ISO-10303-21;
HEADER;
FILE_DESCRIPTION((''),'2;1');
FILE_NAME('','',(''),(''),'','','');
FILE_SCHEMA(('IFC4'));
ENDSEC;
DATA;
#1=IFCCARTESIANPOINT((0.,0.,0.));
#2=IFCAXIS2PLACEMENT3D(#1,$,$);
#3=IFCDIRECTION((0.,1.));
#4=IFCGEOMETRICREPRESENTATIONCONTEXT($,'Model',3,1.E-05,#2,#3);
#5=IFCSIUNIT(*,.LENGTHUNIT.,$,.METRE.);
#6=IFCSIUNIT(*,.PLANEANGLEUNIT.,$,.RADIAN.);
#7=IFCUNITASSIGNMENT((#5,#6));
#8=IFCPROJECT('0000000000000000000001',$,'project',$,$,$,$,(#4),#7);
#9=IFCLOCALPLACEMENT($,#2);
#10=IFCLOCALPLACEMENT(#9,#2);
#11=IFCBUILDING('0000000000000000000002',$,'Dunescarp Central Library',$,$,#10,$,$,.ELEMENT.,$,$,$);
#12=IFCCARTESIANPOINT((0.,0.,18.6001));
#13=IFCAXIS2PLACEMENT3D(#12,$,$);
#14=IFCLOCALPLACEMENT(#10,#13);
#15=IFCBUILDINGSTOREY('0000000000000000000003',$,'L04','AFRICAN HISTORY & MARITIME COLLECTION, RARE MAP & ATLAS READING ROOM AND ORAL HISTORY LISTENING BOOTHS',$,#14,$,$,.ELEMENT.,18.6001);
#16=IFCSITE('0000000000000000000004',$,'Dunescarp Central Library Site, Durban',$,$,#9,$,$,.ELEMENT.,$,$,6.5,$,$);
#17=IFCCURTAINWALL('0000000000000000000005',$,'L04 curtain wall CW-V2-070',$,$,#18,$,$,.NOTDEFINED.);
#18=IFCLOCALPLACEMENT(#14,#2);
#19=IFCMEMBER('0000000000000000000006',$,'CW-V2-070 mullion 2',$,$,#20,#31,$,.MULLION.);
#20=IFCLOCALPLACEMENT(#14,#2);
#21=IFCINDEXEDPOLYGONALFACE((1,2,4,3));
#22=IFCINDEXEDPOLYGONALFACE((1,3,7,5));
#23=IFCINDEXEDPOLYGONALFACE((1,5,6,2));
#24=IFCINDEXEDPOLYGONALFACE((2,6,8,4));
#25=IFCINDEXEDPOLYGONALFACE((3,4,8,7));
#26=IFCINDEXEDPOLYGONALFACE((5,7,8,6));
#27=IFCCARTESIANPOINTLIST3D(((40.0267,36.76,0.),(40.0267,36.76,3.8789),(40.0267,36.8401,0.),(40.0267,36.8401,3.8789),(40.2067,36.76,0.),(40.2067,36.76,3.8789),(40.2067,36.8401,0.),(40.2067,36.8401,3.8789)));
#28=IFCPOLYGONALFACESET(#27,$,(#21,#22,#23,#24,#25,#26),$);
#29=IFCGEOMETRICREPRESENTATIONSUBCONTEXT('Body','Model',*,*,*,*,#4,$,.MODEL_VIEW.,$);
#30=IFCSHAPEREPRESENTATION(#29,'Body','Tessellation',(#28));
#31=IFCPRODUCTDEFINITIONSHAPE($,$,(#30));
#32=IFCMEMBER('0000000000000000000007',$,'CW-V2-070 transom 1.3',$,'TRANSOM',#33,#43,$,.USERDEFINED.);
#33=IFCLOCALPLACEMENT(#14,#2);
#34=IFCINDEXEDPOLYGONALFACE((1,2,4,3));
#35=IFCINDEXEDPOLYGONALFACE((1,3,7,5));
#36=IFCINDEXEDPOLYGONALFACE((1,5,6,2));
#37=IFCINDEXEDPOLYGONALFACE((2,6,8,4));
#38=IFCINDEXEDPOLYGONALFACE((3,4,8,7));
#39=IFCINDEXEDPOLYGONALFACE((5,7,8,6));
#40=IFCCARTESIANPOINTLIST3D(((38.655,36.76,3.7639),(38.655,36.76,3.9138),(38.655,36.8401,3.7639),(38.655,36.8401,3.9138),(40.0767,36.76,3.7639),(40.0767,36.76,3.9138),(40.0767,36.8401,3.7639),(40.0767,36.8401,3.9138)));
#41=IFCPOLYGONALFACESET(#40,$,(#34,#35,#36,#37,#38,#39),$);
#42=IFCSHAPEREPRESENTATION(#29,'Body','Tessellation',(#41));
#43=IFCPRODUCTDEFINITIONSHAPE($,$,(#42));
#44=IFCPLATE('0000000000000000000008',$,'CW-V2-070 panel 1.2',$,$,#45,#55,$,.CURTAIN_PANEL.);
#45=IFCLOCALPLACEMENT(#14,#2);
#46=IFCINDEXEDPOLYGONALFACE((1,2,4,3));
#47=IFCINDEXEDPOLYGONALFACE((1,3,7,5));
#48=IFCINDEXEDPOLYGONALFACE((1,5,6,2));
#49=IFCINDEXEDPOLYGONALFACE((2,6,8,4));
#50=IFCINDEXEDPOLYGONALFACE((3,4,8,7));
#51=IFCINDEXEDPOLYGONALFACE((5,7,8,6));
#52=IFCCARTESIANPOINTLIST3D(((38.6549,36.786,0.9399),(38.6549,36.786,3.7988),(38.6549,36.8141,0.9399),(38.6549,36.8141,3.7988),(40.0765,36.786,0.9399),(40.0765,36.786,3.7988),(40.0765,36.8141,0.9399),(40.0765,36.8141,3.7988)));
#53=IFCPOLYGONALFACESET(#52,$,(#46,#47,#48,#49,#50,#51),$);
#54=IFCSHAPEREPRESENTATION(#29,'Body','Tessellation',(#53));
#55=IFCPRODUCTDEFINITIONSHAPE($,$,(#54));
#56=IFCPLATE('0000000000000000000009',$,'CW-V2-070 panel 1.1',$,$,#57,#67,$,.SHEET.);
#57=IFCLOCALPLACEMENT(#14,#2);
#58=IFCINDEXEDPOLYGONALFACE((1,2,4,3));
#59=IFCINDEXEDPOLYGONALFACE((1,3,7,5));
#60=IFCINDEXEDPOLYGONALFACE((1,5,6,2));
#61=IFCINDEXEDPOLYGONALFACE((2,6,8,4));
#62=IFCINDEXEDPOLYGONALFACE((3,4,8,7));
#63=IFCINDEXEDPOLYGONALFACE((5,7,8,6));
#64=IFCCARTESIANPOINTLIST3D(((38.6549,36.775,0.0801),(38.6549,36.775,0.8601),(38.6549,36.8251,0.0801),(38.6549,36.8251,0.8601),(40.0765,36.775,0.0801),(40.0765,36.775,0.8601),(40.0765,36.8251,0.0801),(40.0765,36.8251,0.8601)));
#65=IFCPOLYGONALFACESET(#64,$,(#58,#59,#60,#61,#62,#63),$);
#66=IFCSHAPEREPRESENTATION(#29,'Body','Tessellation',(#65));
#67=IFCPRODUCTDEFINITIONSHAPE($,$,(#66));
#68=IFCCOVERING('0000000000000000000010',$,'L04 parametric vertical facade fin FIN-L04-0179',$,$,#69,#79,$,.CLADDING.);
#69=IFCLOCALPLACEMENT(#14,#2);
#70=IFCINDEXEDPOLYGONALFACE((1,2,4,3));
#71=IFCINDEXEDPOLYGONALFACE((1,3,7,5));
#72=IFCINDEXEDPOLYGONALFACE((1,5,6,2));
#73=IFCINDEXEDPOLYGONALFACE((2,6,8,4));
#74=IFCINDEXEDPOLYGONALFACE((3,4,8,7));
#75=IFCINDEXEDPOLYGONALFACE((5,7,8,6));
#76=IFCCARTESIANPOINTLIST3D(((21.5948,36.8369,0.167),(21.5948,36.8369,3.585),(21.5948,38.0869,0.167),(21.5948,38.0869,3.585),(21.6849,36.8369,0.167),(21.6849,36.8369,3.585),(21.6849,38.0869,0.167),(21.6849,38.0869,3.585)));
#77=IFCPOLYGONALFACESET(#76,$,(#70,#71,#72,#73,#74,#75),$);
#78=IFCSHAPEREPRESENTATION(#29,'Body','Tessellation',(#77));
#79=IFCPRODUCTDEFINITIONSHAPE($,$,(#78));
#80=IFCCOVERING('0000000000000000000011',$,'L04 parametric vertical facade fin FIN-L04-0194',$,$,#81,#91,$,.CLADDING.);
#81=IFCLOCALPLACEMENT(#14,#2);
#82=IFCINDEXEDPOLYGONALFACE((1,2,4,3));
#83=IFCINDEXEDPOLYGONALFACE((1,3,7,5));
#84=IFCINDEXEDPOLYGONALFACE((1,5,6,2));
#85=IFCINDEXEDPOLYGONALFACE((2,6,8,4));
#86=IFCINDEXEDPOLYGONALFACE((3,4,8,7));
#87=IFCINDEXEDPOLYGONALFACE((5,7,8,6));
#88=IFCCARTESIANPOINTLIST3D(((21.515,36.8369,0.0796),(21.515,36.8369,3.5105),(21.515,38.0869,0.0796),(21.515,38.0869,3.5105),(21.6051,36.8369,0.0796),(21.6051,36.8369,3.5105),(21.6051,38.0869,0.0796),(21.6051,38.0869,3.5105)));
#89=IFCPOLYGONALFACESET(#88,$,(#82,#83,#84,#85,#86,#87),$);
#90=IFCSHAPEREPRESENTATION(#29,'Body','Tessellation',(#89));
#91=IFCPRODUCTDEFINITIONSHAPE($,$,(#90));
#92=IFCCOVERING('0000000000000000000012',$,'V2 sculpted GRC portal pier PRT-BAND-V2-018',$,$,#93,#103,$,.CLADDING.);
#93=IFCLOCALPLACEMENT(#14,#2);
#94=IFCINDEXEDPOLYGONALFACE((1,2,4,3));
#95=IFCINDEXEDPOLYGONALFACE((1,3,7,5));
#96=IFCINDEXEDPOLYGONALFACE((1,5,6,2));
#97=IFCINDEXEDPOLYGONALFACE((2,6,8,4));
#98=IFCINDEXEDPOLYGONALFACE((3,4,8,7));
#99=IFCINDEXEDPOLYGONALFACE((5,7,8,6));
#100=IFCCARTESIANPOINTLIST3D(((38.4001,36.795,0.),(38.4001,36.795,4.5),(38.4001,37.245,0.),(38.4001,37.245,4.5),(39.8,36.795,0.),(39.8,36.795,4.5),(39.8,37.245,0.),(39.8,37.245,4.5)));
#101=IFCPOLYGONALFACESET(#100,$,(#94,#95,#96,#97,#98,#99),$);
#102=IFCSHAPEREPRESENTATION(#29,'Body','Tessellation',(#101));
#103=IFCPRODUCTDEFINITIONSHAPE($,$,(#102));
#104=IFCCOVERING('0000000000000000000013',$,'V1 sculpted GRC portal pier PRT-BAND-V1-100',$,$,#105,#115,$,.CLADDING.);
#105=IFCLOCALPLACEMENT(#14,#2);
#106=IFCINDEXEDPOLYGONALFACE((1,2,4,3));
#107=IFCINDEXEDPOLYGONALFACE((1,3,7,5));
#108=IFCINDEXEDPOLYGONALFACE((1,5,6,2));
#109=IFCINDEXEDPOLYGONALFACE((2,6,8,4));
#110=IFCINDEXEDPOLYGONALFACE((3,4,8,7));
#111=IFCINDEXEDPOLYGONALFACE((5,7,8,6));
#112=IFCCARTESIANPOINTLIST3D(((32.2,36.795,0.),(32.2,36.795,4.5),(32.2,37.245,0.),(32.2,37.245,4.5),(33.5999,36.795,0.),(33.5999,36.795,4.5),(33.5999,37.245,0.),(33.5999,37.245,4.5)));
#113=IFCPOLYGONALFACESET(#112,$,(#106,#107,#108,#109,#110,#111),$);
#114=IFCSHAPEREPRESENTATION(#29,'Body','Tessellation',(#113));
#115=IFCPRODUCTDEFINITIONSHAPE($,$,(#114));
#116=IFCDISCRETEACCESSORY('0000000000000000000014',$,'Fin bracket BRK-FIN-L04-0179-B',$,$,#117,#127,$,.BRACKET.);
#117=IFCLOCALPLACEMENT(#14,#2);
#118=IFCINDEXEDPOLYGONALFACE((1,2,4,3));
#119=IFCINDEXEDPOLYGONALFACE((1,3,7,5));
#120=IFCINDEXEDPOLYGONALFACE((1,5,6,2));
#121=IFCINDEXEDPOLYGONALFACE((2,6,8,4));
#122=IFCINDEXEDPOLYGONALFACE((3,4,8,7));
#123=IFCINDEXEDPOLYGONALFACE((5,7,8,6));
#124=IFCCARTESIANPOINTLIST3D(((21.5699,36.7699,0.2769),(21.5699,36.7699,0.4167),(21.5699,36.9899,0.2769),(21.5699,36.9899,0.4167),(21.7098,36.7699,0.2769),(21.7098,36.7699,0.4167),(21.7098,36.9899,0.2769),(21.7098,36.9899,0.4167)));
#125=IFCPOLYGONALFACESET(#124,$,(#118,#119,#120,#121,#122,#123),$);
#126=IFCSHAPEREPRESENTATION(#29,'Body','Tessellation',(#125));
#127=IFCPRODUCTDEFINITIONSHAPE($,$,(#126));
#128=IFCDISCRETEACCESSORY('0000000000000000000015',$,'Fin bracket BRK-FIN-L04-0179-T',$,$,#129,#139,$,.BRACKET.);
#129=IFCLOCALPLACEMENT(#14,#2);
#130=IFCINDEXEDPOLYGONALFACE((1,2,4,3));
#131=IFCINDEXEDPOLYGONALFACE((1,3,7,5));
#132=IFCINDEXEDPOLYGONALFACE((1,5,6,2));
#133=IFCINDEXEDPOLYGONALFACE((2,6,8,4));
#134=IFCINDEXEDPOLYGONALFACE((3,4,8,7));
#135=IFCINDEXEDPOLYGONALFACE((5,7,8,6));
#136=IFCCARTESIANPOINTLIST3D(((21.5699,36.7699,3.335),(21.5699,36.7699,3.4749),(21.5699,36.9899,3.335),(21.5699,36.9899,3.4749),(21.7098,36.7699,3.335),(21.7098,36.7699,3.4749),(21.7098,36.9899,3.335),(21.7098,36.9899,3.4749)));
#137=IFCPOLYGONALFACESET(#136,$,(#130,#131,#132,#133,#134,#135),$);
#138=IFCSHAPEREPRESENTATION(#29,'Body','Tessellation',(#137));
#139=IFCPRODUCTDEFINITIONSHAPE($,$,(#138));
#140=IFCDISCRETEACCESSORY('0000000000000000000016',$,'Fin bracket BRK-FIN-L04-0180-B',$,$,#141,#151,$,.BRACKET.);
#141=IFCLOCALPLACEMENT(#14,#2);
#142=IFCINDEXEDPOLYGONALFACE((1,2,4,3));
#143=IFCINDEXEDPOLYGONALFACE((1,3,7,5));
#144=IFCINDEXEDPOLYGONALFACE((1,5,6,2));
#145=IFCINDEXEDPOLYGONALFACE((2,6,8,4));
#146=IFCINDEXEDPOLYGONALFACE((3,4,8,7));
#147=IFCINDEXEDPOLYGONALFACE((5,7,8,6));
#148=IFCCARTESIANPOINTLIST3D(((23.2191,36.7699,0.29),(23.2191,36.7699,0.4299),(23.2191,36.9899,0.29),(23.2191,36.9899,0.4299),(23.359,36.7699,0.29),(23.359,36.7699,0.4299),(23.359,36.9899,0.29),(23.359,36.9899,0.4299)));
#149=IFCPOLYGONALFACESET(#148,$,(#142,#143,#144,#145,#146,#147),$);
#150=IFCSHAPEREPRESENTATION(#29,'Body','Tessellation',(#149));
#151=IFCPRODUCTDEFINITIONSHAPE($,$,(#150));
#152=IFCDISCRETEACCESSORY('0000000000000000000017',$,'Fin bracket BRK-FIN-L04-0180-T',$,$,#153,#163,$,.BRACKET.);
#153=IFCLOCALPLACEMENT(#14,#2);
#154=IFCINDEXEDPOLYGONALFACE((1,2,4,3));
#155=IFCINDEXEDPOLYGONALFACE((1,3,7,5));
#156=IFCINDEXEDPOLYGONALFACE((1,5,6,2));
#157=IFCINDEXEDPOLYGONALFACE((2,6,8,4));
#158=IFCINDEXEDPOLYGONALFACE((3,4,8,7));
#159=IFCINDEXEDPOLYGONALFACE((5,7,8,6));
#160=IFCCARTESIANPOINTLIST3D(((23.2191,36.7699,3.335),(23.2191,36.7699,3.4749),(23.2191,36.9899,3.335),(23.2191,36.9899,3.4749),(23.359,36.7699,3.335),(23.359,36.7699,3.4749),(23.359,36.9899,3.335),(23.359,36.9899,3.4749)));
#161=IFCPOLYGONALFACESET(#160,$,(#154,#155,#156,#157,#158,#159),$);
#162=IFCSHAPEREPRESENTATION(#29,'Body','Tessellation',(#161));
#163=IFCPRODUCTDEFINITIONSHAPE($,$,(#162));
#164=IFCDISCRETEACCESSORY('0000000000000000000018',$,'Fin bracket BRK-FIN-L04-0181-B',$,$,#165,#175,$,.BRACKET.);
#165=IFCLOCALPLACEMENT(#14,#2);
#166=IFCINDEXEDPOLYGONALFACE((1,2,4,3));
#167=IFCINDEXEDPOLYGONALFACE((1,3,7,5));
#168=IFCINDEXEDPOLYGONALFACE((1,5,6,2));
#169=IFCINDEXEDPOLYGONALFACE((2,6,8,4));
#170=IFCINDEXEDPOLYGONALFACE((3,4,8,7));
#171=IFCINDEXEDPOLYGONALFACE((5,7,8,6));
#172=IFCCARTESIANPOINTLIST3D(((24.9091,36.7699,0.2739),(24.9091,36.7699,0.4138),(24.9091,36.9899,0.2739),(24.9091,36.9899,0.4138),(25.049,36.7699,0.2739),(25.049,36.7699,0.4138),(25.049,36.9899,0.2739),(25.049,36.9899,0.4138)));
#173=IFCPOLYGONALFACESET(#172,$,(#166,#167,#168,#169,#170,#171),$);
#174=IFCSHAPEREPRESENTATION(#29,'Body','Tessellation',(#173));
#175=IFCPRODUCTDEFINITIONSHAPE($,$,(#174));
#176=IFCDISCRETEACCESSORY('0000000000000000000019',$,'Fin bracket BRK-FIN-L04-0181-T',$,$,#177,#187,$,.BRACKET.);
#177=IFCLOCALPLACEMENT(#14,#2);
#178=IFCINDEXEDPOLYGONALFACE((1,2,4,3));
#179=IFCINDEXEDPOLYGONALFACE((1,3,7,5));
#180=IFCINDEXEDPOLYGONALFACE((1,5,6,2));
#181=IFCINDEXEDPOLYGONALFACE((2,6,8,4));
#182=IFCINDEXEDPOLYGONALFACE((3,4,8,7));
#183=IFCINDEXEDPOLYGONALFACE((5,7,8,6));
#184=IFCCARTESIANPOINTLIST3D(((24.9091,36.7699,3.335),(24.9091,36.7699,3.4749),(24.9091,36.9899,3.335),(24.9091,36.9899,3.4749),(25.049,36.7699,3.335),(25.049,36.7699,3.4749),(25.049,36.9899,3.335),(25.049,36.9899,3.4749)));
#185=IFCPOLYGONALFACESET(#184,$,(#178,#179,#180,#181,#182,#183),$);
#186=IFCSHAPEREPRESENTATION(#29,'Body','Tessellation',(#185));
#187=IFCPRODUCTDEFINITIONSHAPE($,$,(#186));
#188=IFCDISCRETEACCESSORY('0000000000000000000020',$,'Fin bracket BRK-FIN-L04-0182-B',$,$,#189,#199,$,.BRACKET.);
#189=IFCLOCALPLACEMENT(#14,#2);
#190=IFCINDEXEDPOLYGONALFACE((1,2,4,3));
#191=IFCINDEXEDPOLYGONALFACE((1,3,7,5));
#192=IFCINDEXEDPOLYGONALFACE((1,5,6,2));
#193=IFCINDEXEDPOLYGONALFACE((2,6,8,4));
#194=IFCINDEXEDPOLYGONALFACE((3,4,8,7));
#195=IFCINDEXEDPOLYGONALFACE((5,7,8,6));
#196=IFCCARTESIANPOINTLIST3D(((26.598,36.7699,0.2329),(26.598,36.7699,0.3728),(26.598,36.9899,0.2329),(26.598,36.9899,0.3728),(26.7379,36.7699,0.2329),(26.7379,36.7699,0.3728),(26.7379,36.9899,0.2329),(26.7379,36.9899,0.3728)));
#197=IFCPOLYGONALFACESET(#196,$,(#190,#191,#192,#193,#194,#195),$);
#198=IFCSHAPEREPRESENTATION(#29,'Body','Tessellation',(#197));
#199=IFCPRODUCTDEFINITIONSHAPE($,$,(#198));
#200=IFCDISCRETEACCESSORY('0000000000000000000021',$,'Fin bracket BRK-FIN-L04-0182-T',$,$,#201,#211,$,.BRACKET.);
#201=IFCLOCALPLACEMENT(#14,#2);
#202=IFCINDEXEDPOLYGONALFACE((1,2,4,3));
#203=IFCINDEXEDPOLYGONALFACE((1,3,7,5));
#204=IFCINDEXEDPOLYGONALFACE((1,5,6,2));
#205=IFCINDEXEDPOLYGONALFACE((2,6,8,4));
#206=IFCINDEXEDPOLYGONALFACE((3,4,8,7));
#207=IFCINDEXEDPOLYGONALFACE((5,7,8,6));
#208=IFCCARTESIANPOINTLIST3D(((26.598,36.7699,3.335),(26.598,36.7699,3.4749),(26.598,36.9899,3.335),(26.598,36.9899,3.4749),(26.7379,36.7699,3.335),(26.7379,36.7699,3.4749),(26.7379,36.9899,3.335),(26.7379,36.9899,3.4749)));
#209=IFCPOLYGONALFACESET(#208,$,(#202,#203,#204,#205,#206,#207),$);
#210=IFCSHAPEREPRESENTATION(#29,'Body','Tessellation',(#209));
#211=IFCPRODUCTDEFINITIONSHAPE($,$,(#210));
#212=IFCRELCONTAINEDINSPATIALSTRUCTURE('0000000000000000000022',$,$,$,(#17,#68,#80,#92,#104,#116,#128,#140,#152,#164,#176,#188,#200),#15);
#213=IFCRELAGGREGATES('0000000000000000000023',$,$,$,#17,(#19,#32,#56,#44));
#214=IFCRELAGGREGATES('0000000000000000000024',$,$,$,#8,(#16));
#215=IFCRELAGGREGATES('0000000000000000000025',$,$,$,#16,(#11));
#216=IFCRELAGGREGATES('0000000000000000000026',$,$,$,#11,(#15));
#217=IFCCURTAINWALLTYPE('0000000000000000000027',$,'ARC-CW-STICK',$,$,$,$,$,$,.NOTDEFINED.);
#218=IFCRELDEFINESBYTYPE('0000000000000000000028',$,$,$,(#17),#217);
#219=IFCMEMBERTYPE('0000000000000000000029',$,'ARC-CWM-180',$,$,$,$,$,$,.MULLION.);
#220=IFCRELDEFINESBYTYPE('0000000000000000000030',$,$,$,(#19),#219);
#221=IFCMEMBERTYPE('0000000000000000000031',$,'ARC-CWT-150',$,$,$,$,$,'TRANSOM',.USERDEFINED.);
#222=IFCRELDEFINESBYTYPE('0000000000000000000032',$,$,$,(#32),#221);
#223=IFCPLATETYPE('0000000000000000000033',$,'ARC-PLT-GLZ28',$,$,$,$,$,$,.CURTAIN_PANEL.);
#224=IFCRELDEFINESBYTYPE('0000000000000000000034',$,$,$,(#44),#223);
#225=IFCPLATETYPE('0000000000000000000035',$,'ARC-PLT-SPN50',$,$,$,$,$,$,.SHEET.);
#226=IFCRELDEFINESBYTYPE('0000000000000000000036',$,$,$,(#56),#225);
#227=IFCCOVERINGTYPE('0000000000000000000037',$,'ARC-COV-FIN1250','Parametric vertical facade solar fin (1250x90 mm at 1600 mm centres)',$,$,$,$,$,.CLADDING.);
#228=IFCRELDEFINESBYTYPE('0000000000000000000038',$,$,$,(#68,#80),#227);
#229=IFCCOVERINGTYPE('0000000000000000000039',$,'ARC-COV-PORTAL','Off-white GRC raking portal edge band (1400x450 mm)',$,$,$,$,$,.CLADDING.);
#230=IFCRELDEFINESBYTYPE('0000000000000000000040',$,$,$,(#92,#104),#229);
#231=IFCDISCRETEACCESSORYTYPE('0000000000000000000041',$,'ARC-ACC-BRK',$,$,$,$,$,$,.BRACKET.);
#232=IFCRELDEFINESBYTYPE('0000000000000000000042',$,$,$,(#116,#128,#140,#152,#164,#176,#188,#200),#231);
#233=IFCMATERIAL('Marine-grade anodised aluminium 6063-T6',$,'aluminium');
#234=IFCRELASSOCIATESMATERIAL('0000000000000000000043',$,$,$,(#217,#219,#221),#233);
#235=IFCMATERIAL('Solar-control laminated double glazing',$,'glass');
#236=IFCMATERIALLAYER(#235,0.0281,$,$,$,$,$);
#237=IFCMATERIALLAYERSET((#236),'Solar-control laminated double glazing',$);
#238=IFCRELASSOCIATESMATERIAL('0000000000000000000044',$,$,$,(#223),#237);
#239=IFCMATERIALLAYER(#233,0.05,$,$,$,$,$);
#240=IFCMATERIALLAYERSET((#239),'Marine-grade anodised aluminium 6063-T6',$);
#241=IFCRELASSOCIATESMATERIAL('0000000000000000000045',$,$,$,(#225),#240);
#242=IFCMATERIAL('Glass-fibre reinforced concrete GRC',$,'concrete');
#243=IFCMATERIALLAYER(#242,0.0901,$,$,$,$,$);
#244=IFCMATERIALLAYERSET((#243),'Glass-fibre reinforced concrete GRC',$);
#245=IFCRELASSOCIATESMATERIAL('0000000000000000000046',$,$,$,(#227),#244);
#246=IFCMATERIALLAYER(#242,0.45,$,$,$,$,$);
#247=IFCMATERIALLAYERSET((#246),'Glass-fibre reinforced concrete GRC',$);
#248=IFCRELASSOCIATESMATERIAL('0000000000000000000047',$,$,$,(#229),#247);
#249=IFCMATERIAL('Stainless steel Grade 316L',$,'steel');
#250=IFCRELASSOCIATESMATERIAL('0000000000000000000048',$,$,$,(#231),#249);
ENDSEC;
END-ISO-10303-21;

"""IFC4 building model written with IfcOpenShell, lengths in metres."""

from ifc_helpers import new_model, si_unit, direction, frame, origin, origin_2d, place, context, subcontext, project, spatial, rectangle, extrude, material, layer, layer_set, material_profile, profile_set, type_object, element, aggregate, save


model = new_model("IFC4")

# Units and contexts
model_context = context("Model", 3, precision=1e-05, world=origin(), true_north=direction((0.0, 1.0)))
body_context = subcontext(model_context, "Body", "Model", "MODEL_VIEW")
ifc_project = project(units=[si_unit("LENGTHUNIT", "METRE"), si_unit("PLANEANGLEUNIT", "RADIAN")], contexts=[model_context])

# Site, building, storey
site_placement = place(None, origin())
site = spatial("IfcSite", under=ifc_project, at=site_placement, Name="Dunescarp Central Library Site, Durban", CompositionType="ELEMENT", RefElevation=6.5)
building_placement = place(site_placement, origin())
building = spatial("IfcBuilding", under=site, at=building_placement, Name="Dunescarp Central Library", CompositionType="ELEMENT")
storey_placement = place(building_placement, frame((0.0, 0.0, 18.6001)))
storey = spatial("IfcBuildingStorey", under=building, at=storey_placement, Name="L04", Description="AFRICAN HISTORY & MARITIME COLLECTION, RARE MAP & ATLAS READING ROOM AND ORAL HISTORY LISTENING BOOTHS", CompositionType="ELEMENT", Elevation=18.6001)

# Curtain wall, members, plates
ifc_material_1 = material(Name="Marine-grade anodised aluminium 6063-T6", Category="aluminium")
curtain_wall_type = type_object("IfcCurtainWallType", Name="ARC-CW-STICK", PredefinedType="NOTDEFINED", material=ifc_material_1)
curtain_wall_placement = place(storey_placement, origin())
curtain_wall = element("IfcCurtainWall", 1, at=curtain_wall_placement, inside=storey, type_object=curtain_wall_type, Name="L04 curtain wall CW-V2-070", PredefinedType="NOTDEFINED")
ifc_material_profile_1 = material_profile(ifc_material_1, rectangle(XDim=0.0801, YDim=0.1799, at=origin_2d()), Name="AL 80x180")
ifc_profile_set_1 = profile_set([ifc_material_profile_1], Name="Marine-grade anodised aluminium 6063-T6")
member_type_1 = type_object("IfcMemberType", Name="ARC-CWM-180", PredefinedType="MULLION", material=ifc_profile_set_1)
member_1_placement = place(storey_placement, frame((40.1167, 36.8, 0.0), z_axis=(0.0, 0.0, 1.0), x_axis=(0.0, 1.0, 0.0)))
member_1 = element("IfcMember", 2, at=member_1_placement, type_object=member_type_1, Name="CW-V2-070 mullion 2", PredefinedType="MULLION", context=body_context, shape_type="SweptSolid", body=[
    extrude(rectangle(XDim=0.0801, YDim=0.1799, at=origin_2d()), origin(), (0.0, 0.0, 1.0), 3.8789),
])
ifc_material_profile_2 = material_profile(ifc_material_1, rectangle(XDim=0.0801, YDim=0.1499, at=origin_2d()), Name="AL 80x150")
ifc_profile_set_2 = profile_set([ifc_material_profile_2], Name="Marine-grade anodised aluminium 6063-T6")
member_type_2 = type_object("IfcMemberType", Name="ARC-CWT-150", ElementType="TRANSOM", PredefinedType="USERDEFINED", material=ifc_profile_set_2)
member_2_placement = place(storey_placement, frame((38.655, 36.8, 3.8389), z_axis=(1.0, 0.0, 0.0), x_axis=(0.0, 1.0, 0.0)))
member_2 = element("IfcMember", 3, at=member_2_placement, type_object=member_type_2, Name="CW-V2-070 transom 1.3", ObjectType="TRANSOM", PredefinedType="USERDEFINED", context=body_context, shape_type="SweptSolid", body=[
    extrude(rectangle(XDim=0.0801, YDim=0.1499, at=origin_2d()), origin(), (0.0, 0.0, 1.0), 1.4216),
])
ifc_material_2 = material(Name="Solar-control laminated double glazing", Category="glass")
ifc_layer_1 = layer(ifc_material_2, 0.0281)
ifc_layer_set_1 = layer_set([ifc_layer_1], Name="Solar-control laminated double glazing")
plate_type_1 = type_object("IfcPlateType", Name="ARC-PLT-GLZ28", PredefinedType="CURTAIN_PANEL", material=ifc_layer_set_1)
plate_1_placement = place(storey_placement, frame((39.3657, 36.8, 0.9399), z_axis=(0.0, 0.0, 1.0), x_axis=(1.0, 0.0, 0.0)))
plate_1 = element("IfcPlate", 4, at=plate_1_placement, type_object=plate_type_1, Name="CW-V2-070 panel 1.2", PredefinedType="CURTAIN_PANEL", context=body_context, shape_type="SweptSolid", body=[
    extrude(rectangle(XDim=1.4216, YDim=0.0281, at=origin_2d()), origin(), (0.0, 0.0, 1.0), 2.8589),
])
ifc_layer_2 = layer(ifc_material_1, 0.05)
ifc_layer_set_2 = layer_set([ifc_layer_2], Name="Marine-grade anodised aluminium 6063-T6")
plate_type_2 = type_object("IfcPlateType", Name="ARC-PLT-SPN50", PredefinedType="SHEET", material=ifc_layer_set_2)
plate_2_placement = place(storey_placement, frame((39.3657, 36.8, 0.0801), z_axis=(0.0, 0.0, 1.0), x_axis=(1.0, 0.0, 0.0)))
plate_2 = element("IfcPlate", 5, at=plate_2_placement, type_object=plate_type_2, Name="CW-V2-070 panel 1.1", PredefinedType="SHEET", context=body_context, shape_type="SweptSolid", body=[
    extrude(rectangle(XDim=1.4216, YDim=0.05, at=origin_2d()), origin(), (0.0, 0.0, 1.0), 0.78),
])
aggregate(curtain_wall, [member_1, member_2, plate_2, plate_1])

# Coverings
ifc_material_3 = material(Name="Glass-fibre reinforced concrete GRC", Category="concrete")
ifc_layer_3 = layer(ifc_material_3, 0.0901)
ifc_layer_set_3 = layer_set([ifc_layer_3], Name="Glass-fibre reinforced concrete GRC")
covering_type_1 = type_object("IfcCoveringType", Name="ARC-COV-FIN1250", Description="Parametric vertical facade solar fin (1250x90 mm at 1600 mm centres)", PredefinedType="CLADDING", material=ifc_layer_set_3)
covering_1_placement = place(storey_placement, frame((21.6399, 37.4619, 0.167), z_axis=(0.0, 0.0, 1.0), x_axis=(0.0, 1.0, 0.0)))
element("IfcCovering", 6, at=covering_1_placement, inside=storey, type_object=covering_type_1, Name="L04 parametric vertical facade fin FIN-L04-0179", PredefinedType="CLADDING", context=body_context, shape_type="SweptSolid", body=[
    extrude(rectangle(XDim=1.25, YDim=0.0901, at=origin_2d()), origin(), (0.0, 0.0, 1.0), 3.418),
])
covering_2_placement = place(storey_placement, frame((21.5601, 37.4619, 0.0796), z_axis=(0.0, 0.0, 1.0), x_axis=(0.0, 1.0, 0.0)))
element("IfcCovering", 7, at=covering_2_placement, inside=storey, type_object=covering_type_1, Name="L04 parametric vertical facade fin FIN-L04-0194", PredefinedType="CLADDING", context=body_context, shape_type="SweptSolid", body=[
    extrude(rectangle(XDim=1.25, YDim=0.0901, at=origin_2d()), origin(), (0.0, 0.0, 1.0), 3.4309),
])
ifc_layer_4 = layer(ifc_material_3, 0.45)
ifc_layer_set_4 = layer_set([ifc_layer_4], Name="Glass-fibre reinforced concrete GRC")
covering_type_2 = type_object("IfcCoveringType", Name="ARC-COV-PORTAL", Description="Off-white GRC raking portal edge band (1400x450 mm)", PredefinedType="CLADDING", material=ifc_layer_set_4)
for number, where, z_axis, x_axis, name in (
    (8, (39.1001, 37.02, 0.0), (0.0, 0.0, 1.0), (1.0, 0.0, 0.0), "V2 sculpted GRC portal pier PRT-BAND-V2-018"),
    (9, (32.8999, 37.02, 0.0), (0.0, 0.0, 1.0), (1.0, 0.0, 0.0), "V1 sculpted GRC portal pier PRT-BAND-V1-100"),
):
    element("IfcCovering", number, at=place(storey_placement, frame(where, z_axis=z_axis, x_axis=x_axis)), inside=storey, type_object=covering_type_2, Name=name, PredefinedType="CLADDING", context=body_context, shape_type="SweptSolid", body=[
        extrude(rectangle(XDim=1.3999, YDim=0.45, at=origin_2d()), origin(), (0.0, 0.0, 1.0), 4.5),
    ])

# Discrete accessories
ifc_material_4 = material(Name="Stainless steel Grade 316L", Category="steel")
discrete_accessory_type = type_object("IfcDiscreteAccessoryType", Name="ARC-ACC-BRK", PredefinedType="BRACKET", material=ifc_material_4)
for number, where, z_axis, x_axis, name in (
    (10, (21.6399, 36.8799, 0.2769), (0.0, 0.0, 1.0), (0.0, 1.0, 0.0), "Fin bracket BRK-FIN-L04-0179-B"),
    (11, (21.6399, 36.8799, 3.335), (0.0, 0.0, 1.0), (0.0, 1.0, 0.0), "Fin bracket BRK-FIN-L04-0179-T"),
    (12, (23.2891, 36.8799, 0.29), (0.0, 0.0, 1.0), (0.0, 1.0, 0.0), "Fin bracket BRK-FIN-L04-0180-B"),
    (13, (23.2891, 36.8799, 3.335), (0.0, 0.0, 1.0), (0.0, 1.0, 0.0), "Fin bracket BRK-FIN-L04-0180-T"),
    (14, (24.979, 36.8799, 0.2739), (0.0, 0.0, 1.0), (0.0, 1.0, 0.0), "Fin bracket BRK-FIN-L04-0181-B"),
    (15, (24.979, 36.8799, 3.335), (0.0, 0.0, 1.0), (0.0, 1.0, 0.0), "Fin bracket BRK-FIN-L04-0181-T"),
    (16, (26.668, 36.8799, 0.2329), (0.0, 0.0, 1.0), (0.0, 1.0, 0.0), "Fin bracket BRK-FIN-L04-0182-B"),
    (17, (26.668, 36.8799, 3.335), (0.0, 0.0, 1.0), (0.0, 1.0, 0.0), "Fin bracket BRK-FIN-L04-0182-T"),
):
    element("IfcDiscreteAccessory", number, at=place(storey_placement, frame(where, z_axis=z_axis, x_axis=x_axis)), inside=storey, type_object=discrete_accessory_type, Name=name, PredefinedType="BRACKET", context=body_context, shape_type="SweptSolid", body=[
        extrude(rectangle(XDim=0.22, YDim=0.1399, at=origin_2d()), origin(), (0.0, 0.0, 1.0), 0.1399),
    ])

save(model, "model.ifc")
